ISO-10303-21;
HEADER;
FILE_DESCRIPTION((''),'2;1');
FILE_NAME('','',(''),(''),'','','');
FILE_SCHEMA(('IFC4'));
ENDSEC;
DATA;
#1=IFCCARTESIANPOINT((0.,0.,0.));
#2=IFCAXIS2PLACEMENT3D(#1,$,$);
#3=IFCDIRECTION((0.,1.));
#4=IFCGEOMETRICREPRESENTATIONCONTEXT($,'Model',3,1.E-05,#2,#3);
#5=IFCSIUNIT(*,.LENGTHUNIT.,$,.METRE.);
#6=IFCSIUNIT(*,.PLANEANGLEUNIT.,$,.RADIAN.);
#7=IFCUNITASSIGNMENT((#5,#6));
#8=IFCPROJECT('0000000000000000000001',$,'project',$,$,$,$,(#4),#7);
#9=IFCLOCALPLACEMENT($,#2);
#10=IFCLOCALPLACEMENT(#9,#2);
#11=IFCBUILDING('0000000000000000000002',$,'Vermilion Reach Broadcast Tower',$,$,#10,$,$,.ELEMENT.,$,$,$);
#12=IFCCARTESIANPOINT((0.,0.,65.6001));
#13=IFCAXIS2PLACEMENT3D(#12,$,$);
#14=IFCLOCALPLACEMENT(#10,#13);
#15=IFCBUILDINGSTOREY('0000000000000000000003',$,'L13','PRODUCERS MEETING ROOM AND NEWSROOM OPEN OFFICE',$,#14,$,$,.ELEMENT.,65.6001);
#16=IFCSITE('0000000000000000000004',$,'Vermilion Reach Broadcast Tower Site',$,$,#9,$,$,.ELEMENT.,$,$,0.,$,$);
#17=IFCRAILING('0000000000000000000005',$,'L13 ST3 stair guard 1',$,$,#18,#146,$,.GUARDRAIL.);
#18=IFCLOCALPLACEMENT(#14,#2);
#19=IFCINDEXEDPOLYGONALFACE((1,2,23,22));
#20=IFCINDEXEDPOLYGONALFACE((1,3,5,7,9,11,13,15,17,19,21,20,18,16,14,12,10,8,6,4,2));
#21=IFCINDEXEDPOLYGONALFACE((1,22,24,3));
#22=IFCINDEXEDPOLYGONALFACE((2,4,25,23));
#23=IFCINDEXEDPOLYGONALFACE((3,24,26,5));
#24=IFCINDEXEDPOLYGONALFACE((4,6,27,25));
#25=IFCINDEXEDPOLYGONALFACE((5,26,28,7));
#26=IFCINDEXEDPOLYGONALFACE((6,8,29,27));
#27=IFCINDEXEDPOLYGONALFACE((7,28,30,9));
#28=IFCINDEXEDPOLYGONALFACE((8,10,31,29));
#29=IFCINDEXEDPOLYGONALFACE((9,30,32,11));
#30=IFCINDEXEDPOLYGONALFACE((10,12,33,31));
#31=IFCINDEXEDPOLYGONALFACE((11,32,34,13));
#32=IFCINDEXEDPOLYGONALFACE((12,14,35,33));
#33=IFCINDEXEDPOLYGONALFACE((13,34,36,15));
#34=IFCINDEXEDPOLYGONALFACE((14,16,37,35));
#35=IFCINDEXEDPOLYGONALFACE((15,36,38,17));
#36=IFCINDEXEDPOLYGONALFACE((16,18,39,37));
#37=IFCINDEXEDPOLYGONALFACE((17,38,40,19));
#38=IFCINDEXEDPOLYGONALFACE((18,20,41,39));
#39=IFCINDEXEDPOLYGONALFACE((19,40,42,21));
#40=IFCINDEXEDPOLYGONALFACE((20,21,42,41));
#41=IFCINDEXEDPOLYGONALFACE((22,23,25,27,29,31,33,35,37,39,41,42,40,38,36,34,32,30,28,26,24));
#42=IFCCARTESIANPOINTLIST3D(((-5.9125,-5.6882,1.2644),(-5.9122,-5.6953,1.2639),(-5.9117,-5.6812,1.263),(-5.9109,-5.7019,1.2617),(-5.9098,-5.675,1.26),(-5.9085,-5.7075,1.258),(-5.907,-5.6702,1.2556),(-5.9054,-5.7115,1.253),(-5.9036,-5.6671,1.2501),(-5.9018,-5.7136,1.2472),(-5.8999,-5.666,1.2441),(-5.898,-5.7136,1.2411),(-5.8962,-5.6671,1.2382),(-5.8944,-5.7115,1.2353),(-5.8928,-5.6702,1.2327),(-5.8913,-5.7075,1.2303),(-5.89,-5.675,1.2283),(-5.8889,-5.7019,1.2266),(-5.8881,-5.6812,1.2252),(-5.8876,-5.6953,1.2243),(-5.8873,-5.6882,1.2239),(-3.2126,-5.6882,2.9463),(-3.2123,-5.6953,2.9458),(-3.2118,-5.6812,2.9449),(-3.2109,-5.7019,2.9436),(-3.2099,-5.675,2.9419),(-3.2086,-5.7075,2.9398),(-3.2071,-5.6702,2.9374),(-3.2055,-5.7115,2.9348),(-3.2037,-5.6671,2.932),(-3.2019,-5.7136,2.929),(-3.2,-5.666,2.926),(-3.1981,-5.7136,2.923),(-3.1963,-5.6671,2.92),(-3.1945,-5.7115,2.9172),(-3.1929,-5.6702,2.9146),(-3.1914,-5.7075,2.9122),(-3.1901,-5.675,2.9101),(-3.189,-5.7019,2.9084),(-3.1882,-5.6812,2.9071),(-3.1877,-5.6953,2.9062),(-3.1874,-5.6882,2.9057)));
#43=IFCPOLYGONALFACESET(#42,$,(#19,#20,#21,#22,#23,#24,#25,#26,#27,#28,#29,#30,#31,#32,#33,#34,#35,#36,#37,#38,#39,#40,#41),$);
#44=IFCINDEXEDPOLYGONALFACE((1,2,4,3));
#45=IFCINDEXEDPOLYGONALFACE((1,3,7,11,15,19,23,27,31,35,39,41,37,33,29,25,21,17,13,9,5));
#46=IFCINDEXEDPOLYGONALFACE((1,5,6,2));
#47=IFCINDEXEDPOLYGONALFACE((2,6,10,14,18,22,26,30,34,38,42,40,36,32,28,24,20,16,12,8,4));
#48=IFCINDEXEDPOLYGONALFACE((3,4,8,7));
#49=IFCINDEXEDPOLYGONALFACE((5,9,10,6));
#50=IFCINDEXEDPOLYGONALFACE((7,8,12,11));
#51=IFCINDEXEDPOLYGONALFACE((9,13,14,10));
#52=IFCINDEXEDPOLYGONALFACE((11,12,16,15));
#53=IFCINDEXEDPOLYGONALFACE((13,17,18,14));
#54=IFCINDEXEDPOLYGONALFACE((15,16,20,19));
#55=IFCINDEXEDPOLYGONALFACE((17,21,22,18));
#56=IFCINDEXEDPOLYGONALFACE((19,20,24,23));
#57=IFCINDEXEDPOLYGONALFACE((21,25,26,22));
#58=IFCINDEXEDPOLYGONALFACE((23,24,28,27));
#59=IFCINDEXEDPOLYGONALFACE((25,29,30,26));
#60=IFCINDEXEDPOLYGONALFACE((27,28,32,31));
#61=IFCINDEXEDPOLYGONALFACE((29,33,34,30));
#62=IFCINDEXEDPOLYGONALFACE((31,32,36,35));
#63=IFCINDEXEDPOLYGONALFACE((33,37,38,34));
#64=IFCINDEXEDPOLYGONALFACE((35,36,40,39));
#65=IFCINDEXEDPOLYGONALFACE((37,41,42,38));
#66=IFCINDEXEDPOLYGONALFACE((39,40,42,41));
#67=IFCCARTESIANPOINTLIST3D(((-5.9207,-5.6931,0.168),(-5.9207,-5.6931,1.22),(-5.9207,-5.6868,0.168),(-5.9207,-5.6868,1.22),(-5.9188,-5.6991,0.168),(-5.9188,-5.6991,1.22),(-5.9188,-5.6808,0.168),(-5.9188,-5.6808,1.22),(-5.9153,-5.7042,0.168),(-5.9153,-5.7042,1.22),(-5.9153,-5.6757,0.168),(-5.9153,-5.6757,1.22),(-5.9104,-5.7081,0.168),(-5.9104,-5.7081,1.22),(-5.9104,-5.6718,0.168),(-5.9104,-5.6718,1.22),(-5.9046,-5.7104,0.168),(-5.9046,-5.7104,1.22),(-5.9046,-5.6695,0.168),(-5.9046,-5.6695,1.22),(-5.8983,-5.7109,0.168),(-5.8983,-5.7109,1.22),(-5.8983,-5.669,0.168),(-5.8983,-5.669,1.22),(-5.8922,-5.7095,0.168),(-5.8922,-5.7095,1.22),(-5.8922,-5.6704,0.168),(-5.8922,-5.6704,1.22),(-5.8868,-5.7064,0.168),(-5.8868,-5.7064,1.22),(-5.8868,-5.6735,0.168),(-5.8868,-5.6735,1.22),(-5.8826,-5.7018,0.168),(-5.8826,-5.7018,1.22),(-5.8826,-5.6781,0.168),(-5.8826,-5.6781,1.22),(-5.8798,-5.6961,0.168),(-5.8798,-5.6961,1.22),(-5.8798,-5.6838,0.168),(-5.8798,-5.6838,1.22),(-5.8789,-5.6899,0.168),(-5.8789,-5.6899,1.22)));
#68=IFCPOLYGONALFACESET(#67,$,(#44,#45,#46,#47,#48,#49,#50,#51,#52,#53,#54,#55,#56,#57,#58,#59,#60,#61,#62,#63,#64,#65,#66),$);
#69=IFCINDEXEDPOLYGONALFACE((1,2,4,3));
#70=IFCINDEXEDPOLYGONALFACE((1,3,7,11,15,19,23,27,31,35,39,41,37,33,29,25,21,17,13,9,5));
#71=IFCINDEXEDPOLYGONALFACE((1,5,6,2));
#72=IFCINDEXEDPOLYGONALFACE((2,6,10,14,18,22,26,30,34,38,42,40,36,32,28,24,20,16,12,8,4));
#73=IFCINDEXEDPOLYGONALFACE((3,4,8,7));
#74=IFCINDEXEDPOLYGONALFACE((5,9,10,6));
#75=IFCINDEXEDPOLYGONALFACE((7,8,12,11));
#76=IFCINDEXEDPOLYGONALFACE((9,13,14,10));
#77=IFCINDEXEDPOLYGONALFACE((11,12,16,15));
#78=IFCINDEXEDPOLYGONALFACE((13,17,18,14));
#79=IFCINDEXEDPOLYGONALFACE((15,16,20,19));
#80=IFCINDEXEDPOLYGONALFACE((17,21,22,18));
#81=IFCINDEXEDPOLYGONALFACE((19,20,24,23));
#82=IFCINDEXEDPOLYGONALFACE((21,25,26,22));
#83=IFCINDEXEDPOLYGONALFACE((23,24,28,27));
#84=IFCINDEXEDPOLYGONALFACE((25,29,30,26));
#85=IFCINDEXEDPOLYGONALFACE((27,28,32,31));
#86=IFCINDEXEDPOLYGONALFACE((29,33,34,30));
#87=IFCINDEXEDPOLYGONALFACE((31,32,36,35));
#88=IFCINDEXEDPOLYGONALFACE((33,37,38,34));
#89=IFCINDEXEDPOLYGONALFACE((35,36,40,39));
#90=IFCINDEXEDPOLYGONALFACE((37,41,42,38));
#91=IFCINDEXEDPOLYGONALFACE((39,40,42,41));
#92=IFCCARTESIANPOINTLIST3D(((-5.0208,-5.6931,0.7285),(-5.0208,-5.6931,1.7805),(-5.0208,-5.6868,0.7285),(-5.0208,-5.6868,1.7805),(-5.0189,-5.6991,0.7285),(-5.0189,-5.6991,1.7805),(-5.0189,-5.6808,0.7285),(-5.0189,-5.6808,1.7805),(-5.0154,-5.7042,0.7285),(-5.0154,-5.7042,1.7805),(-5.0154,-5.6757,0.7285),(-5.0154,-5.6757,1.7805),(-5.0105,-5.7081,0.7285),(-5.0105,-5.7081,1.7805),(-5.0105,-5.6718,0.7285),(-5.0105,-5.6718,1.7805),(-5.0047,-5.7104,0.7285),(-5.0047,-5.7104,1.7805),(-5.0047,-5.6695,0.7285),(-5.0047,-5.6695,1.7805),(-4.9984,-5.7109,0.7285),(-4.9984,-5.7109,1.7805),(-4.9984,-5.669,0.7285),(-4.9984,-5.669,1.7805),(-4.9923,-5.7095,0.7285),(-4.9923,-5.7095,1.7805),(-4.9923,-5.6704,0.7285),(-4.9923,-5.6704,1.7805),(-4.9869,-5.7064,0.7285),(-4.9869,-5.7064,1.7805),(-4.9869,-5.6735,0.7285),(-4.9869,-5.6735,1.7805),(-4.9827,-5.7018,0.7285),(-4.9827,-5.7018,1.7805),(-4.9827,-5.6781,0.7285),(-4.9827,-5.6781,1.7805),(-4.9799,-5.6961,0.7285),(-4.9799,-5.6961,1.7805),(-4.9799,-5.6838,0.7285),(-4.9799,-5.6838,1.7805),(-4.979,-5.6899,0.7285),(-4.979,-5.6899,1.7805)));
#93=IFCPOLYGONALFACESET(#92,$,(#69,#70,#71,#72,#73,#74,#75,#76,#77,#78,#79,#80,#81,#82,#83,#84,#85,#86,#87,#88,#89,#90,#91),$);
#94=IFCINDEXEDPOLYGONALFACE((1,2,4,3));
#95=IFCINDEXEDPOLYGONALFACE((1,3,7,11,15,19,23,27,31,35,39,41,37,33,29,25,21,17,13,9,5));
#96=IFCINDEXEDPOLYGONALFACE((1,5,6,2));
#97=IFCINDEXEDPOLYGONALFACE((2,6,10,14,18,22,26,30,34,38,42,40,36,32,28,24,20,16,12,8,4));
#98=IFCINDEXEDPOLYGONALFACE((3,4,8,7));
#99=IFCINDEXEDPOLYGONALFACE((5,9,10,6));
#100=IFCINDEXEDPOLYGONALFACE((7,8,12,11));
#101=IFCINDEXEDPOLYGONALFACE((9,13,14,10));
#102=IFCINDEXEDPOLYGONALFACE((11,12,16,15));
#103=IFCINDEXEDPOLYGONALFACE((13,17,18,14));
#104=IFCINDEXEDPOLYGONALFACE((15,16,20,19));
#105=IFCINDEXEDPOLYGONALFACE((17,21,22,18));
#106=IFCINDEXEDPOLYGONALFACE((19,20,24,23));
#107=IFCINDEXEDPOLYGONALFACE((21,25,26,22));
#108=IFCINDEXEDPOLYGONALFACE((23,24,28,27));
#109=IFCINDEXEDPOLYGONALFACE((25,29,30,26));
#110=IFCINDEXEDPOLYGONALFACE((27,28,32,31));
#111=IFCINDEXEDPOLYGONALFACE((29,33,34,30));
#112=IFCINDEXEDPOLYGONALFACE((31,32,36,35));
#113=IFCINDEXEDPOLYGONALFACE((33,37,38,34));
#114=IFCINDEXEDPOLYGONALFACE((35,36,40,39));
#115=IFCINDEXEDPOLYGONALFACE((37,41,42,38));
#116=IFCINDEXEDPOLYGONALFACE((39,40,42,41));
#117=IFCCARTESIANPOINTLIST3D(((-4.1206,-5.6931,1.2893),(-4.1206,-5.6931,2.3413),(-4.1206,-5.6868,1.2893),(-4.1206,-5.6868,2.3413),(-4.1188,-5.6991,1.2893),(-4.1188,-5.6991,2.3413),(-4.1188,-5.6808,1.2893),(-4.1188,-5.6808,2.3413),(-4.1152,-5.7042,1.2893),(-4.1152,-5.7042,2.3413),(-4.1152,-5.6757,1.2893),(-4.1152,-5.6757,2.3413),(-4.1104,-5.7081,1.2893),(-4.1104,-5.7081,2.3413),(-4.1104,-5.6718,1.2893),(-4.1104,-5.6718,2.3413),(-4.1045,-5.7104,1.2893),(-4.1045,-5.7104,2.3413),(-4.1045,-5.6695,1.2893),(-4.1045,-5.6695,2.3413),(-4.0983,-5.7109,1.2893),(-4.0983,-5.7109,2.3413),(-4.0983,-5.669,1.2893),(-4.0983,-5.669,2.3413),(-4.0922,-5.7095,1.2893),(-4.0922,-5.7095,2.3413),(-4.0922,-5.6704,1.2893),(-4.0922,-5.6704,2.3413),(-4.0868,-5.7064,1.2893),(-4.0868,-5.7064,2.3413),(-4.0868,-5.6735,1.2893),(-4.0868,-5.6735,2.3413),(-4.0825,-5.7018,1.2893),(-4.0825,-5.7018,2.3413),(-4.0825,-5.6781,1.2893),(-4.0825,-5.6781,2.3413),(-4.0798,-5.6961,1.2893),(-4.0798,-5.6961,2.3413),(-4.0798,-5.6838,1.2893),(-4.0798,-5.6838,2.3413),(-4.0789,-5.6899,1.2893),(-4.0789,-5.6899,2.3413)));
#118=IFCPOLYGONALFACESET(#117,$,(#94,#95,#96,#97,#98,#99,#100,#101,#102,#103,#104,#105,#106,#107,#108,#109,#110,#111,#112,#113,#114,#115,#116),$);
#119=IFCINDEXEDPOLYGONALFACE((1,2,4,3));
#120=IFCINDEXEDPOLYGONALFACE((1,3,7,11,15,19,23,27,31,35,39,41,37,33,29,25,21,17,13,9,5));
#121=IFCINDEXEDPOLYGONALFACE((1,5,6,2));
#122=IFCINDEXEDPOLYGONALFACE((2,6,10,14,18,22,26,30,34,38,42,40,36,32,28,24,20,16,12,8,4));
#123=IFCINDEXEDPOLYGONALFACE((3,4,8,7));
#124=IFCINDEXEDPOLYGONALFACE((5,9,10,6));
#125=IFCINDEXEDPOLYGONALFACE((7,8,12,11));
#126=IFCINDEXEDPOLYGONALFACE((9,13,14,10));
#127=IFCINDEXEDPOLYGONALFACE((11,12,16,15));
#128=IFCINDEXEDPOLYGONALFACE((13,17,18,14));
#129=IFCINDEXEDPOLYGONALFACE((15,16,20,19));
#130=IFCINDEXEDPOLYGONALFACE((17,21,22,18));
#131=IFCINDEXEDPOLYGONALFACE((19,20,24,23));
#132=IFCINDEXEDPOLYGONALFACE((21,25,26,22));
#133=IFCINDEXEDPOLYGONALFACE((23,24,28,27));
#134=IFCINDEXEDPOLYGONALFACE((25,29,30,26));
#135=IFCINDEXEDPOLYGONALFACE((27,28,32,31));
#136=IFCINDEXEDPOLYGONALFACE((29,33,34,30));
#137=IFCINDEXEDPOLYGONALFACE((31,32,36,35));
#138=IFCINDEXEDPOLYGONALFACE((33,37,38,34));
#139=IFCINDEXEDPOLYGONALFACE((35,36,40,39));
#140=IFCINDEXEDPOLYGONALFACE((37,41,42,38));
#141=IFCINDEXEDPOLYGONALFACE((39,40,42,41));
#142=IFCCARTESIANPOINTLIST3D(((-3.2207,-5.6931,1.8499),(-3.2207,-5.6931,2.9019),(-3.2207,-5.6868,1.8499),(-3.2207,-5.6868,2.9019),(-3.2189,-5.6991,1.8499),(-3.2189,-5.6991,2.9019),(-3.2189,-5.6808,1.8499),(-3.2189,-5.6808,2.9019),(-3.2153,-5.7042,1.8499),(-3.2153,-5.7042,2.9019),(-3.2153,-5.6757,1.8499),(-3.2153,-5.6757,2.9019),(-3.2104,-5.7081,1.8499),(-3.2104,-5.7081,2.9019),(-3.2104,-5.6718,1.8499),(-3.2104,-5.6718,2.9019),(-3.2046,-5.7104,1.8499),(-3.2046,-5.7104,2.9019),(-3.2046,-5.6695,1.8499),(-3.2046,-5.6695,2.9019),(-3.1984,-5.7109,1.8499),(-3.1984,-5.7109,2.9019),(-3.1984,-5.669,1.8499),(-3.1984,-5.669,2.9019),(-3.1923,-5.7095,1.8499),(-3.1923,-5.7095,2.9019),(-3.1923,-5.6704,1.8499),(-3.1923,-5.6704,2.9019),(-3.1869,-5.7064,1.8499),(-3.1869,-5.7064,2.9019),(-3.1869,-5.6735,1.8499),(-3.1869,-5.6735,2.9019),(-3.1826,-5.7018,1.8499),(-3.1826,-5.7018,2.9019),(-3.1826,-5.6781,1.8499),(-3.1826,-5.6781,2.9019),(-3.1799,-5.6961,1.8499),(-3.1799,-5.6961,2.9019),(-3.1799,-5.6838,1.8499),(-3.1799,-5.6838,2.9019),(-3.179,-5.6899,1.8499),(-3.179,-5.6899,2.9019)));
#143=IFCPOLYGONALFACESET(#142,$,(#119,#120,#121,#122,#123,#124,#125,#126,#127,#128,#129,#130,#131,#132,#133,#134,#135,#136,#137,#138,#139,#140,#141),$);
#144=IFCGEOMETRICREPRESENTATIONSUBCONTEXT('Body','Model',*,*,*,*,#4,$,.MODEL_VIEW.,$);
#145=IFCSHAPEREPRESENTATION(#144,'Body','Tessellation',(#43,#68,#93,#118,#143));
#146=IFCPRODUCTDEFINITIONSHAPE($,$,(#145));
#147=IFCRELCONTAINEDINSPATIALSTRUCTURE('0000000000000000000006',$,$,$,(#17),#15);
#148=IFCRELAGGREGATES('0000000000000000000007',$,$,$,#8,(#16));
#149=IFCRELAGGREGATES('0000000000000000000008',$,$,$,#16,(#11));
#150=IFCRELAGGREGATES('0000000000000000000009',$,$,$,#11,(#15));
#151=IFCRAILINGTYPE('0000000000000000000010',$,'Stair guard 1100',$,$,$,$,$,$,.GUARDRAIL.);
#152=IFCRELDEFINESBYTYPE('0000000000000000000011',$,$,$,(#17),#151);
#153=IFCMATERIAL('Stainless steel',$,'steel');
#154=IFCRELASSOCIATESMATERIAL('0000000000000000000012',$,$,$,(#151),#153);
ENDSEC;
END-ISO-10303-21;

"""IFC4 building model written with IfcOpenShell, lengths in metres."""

from ifc_helpers import new_model, si_unit, direction, frame, origin, origin_2d, place, context, subcontext, project, spatial, circle, extrude, material, type_object, element, save


model = new_model("IFC4")

# Units and contexts
model_context = context("Model", 3, precision=1e-05, world=origin(), true_north=direction((0.0, 1.0)))
body_context = subcontext(model_context, "Body", "Model", "MODEL_VIEW")
ifc_project = project(units=[si_unit("LENGTHUNIT", "METRE"), si_unit("PLANEANGLEUNIT", "RADIAN")], contexts=[model_context])

# Site, building, storey
site_placement = place(None, origin())
site = spatial("IfcSite", under=ifc_project, at=site_placement, Name="Vermilion Reach Broadcast Tower Site", CompositionType="ELEMENT", RefElevation=0.0)
building_placement = place(site_placement, origin())
building = spatial("IfcBuilding", under=site, at=building_placement, Name="Vermilion Reach Broadcast Tower", CompositionType="ELEMENT")
storey_placement = place(building_placement, frame((0.0, 0.0, 65.6001)))
storey = spatial("IfcBuildingStorey", under=building, at=storey_placement, Name="L13", Description="PRODUCERS MEETING ROOM AND NEWSROOM OPEN OFFICE", CompositionType="ELEMENT", Elevation=65.6001)

# Railing
ifc_material_1 = material(Name="Stainless steel", Category="steel")
railing_type_1 = type_object("IfcRailingType", Name="Stair guard 1100", PredefinedType="GUARDRAIL", material=ifc_material_1)
railing_1_placement = place(storey_placement, frame((-5.8999, -5.6899, 0.168)))
element("IfcRailing", 1, at=railing_1_placement, inside=storey, type_object=railing_type_1, Name="L13 ST3 stair guard 1", PredefinedType="GUARDRAIL", context=body_context, shape_type="SweptSolid", body=[
    extrude(circle(Radius=0.0239, at=origin_2d()), frame((0.0, 0.0, 1.0762), z_axis=(0.848786, 0.0, 0.528736), x_axis=(0.0, 1.0, 0.0)), (0.0, 0.0, 1.0), 3.1809),
    extrude(circle(Radius=0.021, at=origin_2d()), origin(), (0.0, 0.0, 1.0), 1.052),
    extrude(circle(Radius=0.021, at=origin_2d()), frame((0.8999, 0.0, 0.5605)), (0.0, 0.0, 1.0), 1.052),
    extrude(circle(Radius=0.021, at=origin_2d()), frame((1.8, 0.0, 1.1213)), (0.0, 0.0, 1.0), 1.052),
    extrude(circle(Radius=0.021, at=origin_2d()), frame((2.7, 0.0, 1.6819)), (0.0, 0.0, 1.0), 1.052),
])

save(model, "model.ifc")
